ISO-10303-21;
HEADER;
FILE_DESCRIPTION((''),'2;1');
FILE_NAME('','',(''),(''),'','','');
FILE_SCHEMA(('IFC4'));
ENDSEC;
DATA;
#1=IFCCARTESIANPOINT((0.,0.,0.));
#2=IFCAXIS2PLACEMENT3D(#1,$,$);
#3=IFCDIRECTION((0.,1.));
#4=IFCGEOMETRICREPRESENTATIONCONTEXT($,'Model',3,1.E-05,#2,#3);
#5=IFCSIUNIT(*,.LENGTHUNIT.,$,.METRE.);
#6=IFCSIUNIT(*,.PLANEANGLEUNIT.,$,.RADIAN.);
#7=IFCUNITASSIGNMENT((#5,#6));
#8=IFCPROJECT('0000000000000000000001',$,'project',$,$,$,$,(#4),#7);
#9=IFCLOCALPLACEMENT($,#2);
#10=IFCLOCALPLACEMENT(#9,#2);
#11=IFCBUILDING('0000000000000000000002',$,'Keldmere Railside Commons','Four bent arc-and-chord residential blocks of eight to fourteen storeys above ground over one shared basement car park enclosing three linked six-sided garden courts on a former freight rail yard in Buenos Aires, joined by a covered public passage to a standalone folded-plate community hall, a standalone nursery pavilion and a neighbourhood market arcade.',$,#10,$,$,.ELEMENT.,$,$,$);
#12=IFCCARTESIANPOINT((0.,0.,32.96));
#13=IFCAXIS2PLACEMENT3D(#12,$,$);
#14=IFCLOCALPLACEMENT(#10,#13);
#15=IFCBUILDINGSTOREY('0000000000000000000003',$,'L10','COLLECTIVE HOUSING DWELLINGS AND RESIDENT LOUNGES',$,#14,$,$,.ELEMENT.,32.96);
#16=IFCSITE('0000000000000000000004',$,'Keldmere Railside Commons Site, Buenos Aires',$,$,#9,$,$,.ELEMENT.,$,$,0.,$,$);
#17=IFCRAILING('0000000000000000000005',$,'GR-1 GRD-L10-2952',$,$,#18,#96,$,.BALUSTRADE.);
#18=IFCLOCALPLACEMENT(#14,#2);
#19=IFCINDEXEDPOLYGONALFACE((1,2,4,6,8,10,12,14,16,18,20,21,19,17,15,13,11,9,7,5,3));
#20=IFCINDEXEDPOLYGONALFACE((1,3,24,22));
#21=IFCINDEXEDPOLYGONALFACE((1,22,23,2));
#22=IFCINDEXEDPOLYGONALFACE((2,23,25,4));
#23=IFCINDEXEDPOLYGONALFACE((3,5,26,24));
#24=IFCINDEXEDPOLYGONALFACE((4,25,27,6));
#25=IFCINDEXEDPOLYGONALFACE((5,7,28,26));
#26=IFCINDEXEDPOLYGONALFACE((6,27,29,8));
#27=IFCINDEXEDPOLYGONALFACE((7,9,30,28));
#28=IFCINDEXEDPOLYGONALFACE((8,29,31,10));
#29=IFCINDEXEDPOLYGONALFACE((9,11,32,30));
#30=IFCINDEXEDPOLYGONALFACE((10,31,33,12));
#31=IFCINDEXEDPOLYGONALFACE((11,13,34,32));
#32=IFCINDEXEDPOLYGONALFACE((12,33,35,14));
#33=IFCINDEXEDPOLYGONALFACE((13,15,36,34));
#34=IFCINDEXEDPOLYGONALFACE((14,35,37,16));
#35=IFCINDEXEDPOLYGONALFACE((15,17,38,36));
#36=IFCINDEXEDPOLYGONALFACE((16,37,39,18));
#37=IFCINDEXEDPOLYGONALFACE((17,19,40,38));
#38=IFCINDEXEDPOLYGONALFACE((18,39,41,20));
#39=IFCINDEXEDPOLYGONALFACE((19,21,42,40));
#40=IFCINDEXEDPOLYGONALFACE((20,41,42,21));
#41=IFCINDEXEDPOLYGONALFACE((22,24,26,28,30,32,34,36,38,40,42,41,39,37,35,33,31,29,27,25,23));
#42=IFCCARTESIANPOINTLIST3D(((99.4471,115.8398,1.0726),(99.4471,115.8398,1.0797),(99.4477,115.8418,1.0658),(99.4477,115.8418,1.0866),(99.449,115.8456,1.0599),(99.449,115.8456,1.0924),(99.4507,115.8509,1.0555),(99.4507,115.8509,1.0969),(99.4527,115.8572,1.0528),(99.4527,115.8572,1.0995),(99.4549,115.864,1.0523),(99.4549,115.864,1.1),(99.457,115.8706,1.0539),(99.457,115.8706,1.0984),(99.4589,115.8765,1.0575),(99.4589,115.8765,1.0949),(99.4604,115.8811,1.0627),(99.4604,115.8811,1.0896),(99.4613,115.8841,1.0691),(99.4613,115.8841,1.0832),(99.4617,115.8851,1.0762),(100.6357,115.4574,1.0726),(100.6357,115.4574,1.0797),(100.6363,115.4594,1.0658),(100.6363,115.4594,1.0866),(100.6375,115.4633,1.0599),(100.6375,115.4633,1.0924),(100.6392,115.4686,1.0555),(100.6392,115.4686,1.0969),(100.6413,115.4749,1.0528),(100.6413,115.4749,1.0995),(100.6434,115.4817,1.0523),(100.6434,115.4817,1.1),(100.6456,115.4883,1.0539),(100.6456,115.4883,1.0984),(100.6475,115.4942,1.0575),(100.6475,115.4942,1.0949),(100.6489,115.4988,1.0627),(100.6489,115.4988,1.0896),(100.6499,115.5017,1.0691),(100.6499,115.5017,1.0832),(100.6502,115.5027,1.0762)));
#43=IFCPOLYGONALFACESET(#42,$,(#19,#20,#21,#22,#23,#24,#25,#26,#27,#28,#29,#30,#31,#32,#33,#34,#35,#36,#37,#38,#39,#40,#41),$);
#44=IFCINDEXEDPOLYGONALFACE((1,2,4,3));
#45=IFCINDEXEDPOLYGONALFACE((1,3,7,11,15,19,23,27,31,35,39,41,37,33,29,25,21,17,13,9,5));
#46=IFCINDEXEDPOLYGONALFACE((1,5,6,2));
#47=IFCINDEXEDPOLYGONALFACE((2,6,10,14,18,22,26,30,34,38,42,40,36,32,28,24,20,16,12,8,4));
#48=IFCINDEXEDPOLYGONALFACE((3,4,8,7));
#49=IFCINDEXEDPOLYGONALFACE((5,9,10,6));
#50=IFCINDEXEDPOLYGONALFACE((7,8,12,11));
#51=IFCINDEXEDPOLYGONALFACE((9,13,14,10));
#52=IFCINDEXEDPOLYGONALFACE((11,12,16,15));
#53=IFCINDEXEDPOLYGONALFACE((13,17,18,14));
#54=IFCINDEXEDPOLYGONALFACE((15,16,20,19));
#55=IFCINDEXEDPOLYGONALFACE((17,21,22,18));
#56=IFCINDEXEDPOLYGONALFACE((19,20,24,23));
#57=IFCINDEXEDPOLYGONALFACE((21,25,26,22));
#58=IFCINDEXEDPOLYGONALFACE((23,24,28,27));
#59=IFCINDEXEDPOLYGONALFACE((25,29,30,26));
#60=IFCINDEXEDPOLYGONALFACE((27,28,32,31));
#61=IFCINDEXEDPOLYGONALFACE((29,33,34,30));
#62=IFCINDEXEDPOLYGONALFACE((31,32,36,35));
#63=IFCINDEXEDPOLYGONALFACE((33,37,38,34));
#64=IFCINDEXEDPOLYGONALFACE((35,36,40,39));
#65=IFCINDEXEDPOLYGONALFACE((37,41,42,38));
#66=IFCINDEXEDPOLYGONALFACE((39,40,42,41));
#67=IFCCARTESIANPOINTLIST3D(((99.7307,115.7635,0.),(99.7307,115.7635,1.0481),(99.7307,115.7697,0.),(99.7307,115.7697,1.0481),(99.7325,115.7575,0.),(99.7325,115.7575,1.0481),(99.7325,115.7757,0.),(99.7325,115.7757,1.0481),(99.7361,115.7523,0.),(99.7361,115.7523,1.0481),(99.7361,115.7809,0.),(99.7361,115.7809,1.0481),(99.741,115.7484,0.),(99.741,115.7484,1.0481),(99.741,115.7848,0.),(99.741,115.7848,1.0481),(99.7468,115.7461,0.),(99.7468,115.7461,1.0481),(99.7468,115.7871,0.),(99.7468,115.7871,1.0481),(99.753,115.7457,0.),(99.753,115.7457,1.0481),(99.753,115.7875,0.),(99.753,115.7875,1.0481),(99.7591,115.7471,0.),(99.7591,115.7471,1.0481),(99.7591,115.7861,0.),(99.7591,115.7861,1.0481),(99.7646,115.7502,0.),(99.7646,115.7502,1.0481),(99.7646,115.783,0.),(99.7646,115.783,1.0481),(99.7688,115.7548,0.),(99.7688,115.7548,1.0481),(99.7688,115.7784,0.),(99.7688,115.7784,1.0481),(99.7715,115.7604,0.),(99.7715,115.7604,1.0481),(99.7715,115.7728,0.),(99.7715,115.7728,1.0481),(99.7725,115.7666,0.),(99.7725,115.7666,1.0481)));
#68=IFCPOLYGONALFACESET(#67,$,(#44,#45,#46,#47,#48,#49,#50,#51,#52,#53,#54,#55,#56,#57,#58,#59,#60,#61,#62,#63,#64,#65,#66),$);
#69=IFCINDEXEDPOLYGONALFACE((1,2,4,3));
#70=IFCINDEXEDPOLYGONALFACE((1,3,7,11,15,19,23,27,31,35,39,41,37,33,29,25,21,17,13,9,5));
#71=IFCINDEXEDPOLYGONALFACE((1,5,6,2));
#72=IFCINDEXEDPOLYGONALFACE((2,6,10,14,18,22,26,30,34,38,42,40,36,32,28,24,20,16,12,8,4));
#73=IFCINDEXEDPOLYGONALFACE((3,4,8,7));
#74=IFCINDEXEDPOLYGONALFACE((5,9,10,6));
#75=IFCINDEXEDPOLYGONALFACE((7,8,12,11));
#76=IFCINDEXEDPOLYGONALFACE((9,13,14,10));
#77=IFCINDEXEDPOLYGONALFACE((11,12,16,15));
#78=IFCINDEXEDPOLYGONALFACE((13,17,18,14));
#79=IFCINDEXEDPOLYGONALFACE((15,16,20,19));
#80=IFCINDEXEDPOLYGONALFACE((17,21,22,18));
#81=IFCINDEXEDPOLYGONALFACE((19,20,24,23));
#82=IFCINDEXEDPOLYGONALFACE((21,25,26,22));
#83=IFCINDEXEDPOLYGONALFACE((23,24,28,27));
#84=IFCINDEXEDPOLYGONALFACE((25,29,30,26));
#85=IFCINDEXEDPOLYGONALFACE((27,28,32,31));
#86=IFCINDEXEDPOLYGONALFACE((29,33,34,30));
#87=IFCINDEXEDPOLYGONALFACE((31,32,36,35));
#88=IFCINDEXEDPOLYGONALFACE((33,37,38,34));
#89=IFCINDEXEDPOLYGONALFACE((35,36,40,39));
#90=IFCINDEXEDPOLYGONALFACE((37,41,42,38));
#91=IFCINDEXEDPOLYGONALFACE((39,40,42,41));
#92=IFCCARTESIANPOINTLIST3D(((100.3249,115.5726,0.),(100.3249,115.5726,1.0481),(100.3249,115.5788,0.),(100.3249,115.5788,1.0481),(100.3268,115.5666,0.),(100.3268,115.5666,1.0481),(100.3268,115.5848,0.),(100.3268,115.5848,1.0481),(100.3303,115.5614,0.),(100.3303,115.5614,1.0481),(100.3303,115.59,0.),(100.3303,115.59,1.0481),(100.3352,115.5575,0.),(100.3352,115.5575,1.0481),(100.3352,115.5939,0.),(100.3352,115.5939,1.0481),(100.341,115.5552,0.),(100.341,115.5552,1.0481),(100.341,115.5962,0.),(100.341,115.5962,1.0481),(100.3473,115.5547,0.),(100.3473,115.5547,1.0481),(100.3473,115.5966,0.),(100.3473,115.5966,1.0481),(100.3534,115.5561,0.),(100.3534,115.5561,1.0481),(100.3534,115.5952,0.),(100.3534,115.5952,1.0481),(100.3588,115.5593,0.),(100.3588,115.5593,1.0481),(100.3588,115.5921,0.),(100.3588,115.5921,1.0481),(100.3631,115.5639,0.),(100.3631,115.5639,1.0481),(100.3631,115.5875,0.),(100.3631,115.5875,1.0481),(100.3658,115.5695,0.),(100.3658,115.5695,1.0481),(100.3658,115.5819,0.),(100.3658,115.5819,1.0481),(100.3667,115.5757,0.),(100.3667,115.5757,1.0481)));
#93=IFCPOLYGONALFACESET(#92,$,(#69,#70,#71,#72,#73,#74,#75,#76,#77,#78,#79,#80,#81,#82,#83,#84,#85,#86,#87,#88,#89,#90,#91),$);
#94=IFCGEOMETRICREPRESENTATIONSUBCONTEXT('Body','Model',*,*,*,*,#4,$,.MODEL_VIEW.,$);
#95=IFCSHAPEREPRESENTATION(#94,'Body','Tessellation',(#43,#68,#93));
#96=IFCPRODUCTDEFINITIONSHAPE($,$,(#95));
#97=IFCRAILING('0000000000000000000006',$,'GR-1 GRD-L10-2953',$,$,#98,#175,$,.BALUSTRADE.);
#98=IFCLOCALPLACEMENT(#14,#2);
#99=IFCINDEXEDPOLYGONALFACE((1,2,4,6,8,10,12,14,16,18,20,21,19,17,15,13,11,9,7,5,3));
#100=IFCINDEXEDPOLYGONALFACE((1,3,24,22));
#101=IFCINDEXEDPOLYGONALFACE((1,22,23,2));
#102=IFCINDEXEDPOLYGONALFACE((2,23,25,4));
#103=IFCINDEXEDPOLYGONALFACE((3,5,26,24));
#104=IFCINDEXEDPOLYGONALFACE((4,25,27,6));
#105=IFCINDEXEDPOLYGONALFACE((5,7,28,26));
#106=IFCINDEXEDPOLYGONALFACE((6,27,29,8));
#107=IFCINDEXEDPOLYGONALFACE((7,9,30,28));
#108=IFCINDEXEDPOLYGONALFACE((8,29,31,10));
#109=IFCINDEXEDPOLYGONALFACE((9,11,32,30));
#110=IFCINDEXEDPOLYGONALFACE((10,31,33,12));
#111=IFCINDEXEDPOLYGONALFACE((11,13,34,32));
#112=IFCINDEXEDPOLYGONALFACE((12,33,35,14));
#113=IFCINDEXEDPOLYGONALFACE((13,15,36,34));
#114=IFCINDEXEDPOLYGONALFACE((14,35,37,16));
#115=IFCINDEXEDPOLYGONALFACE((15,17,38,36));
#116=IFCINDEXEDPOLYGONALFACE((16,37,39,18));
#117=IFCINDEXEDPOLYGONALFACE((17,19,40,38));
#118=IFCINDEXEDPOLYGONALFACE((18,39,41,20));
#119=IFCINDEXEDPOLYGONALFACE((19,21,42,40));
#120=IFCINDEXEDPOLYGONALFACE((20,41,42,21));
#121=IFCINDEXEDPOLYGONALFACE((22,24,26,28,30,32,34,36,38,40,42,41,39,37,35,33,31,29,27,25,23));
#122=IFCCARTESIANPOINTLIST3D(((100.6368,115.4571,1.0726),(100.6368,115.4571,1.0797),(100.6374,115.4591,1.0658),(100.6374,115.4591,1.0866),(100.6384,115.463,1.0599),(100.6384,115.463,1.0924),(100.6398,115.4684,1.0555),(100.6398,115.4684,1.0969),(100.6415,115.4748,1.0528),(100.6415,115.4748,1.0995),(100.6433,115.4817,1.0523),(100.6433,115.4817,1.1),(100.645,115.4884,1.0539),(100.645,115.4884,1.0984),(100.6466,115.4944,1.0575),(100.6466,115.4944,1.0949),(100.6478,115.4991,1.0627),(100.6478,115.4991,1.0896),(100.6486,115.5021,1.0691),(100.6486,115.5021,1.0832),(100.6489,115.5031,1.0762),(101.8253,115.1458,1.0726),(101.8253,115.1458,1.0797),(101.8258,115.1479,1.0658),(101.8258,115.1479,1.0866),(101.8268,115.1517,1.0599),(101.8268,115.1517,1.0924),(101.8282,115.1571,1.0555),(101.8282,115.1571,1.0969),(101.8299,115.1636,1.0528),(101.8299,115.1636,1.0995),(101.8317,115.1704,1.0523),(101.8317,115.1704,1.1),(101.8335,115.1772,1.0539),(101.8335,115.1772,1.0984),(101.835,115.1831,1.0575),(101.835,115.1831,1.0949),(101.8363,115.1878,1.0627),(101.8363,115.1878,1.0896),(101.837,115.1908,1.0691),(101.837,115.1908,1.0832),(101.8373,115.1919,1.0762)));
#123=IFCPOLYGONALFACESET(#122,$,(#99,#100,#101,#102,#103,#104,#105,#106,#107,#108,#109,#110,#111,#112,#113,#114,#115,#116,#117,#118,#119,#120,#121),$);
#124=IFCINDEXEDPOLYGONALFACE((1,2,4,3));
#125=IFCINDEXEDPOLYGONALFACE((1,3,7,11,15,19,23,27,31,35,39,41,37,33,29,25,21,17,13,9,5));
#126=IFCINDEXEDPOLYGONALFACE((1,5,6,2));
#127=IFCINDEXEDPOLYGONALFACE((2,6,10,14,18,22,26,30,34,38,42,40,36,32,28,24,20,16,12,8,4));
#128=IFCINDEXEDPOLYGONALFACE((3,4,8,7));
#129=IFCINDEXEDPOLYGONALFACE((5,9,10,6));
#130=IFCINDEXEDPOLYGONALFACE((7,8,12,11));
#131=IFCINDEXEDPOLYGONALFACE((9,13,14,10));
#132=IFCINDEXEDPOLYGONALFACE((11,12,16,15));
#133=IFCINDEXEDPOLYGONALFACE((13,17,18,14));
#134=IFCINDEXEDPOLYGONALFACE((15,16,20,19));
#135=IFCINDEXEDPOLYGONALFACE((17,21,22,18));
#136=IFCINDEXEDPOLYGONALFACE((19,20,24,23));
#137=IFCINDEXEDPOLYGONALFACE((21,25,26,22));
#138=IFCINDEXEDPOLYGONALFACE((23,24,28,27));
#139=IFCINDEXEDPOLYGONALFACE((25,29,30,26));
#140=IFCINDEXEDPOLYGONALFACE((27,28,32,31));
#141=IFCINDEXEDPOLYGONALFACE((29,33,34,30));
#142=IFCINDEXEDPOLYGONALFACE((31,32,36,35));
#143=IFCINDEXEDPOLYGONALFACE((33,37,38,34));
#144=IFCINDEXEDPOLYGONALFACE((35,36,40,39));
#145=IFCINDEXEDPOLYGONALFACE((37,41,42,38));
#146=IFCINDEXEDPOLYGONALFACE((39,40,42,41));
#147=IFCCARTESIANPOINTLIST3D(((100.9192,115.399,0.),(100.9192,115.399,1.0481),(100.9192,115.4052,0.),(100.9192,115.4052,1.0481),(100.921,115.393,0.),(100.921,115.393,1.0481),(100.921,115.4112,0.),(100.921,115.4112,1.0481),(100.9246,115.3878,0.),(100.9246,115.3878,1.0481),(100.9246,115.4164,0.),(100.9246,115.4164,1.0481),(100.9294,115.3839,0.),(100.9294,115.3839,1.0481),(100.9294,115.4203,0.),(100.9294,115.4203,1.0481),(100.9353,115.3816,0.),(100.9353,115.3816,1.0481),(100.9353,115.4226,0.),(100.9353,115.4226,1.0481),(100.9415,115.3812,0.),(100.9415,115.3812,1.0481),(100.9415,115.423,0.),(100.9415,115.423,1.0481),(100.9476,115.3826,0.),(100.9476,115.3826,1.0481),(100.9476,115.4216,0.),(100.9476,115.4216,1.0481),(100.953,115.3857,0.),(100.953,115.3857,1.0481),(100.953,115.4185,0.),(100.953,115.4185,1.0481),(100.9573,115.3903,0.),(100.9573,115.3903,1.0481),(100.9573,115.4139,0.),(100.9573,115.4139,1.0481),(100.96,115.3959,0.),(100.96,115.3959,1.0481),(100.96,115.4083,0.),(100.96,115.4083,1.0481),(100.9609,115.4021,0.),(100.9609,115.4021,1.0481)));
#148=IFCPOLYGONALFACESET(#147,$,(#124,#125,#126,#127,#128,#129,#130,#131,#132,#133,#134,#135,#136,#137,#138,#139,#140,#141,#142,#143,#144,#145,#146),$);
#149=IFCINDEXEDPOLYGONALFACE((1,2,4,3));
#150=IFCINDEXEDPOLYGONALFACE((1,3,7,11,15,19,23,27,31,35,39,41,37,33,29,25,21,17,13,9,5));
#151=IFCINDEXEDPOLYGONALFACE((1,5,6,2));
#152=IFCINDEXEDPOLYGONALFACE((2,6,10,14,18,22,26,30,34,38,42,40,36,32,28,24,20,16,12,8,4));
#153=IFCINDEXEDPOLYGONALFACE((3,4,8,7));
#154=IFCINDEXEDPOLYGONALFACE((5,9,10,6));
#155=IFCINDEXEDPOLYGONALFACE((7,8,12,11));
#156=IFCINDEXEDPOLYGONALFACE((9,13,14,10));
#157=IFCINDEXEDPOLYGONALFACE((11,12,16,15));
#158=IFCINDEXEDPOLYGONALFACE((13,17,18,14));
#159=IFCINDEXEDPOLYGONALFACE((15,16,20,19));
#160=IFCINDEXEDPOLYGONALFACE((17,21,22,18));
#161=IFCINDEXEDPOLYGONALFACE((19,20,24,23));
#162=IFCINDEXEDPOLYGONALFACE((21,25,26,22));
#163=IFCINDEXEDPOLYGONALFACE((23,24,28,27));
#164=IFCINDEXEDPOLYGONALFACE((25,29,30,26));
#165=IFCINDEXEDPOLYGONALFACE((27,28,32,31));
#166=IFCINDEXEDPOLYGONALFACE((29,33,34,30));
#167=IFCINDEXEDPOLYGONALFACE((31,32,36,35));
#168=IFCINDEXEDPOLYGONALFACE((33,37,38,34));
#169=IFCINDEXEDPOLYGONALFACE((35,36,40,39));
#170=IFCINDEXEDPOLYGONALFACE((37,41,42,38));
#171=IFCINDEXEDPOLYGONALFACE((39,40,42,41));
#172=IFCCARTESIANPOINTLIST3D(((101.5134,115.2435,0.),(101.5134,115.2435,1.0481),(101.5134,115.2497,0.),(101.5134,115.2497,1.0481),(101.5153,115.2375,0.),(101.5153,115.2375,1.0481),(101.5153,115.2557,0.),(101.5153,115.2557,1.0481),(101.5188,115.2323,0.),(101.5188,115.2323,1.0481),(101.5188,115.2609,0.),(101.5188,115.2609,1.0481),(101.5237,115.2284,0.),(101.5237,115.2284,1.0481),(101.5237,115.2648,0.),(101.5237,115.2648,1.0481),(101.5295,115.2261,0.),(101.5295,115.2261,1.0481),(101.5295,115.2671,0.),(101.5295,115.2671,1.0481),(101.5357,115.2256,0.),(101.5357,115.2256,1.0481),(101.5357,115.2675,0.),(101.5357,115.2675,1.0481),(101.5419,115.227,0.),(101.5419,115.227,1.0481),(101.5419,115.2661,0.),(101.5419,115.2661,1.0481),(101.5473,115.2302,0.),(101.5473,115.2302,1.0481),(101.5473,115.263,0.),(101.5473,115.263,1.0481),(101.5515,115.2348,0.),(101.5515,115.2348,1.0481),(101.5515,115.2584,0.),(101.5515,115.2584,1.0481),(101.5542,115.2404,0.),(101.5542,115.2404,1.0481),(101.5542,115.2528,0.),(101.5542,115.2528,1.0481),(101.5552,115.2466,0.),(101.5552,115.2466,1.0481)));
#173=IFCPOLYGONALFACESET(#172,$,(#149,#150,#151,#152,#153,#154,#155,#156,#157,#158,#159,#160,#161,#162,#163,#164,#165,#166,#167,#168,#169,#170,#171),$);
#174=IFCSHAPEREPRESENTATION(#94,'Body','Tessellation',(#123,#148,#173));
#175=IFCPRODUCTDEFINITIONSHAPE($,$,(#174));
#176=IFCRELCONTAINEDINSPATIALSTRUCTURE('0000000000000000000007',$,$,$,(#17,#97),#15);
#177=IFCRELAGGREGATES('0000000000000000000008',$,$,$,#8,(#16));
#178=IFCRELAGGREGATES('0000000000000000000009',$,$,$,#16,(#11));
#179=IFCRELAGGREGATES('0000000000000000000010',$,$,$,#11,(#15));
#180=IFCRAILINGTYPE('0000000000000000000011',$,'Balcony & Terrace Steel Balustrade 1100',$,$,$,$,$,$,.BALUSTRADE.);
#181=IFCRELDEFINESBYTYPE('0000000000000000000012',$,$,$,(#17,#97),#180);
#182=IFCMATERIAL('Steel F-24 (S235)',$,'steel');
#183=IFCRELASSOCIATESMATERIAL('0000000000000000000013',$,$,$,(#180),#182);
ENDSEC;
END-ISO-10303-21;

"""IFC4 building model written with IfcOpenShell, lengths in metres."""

from ifc_helpers import new_model, si_unit, direction, frame, origin, origin_2d, place, context, subcontext, project, spatial, circle, extrude, material, type_object, element, save


model = new_model("IFC4")

# Units and contexts
model_context = context("Model", 3, precision=1e-05, world=origin(), true_north=direction((0.0, 1.0)))
body_context = subcontext(model_context, "Body", "Model", "MODEL_VIEW")
ifc_project = project(units=[si_unit("LENGTHUNIT", "METRE"), si_unit("PLANEANGLEUNIT", "RADIAN")], contexts=[model_context])

# Site, building, storey
site_placement = place(None, origin())
site = spatial("IfcSite", under=ifc_project, at=site_placement, Name="Keldmere Railside Commons Site, Buenos Aires", CompositionType="ELEMENT", RefElevation=0.0)
building_placement = place(site_placement, origin())
building = spatial("IfcBuilding", under=site, at=building_placement, Name="Keldmere Railside Commons", Description="Four bent arc-and-chord residential blocks of eight to fourteen storeys above ground over one shared basement car park enclosing three linked six-sided garden courts on a former freight rail yard in Buenos Aires, joined by a covered public passage to a standalone folded-plate community hall, a standalone nursery pavilion and a neighbourhood market arcade.", CompositionType="ELEMENT")
storey_placement = place(building_placement, frame((0.0, 0.0, 32.96)))
storey = spatial("IfcBuildingStorey", under=building, at=storey_placement, Name="L10", Description="COLLECTIVE HOUSING DWELLINGS AND RESIDENT LOUNGES", CompositionType="ELEMENT", Elevation=32.96)

# Railings
ifc_material_1 = material(Name="Steel F-24 (S235)", Category="steel")
railing_type = type_object("IfcRailingType", Name="Balcony & Terrace Steel Balustrade 1100", PredefinedType="BALUSTRADE", material=ifc_material_1)
railing_1_placement = place(storey_placement, frame((99.4543, 115.8623, 0.0)))
element("IfcRailing", 1, at=railing_1_placement, inside=storey, type_object=railing_type, Name="GR-1 GRD-L10-2952", PredefinedType="BALUSTRADE", context=body_context, shape_type="SweptSolid", body=[
    extrude(circle(Radius=0.0239, at=origin_2d()), frame((0.0, 0.0, 1.0762), z_axis=(0.951955, -0.306237, 0.0), x_axis=(0.306237, 0.951955, 0.0)), (0.0, 0.0, 1.0), 1.2485),
    extrude(circle(Radius=0.021, at=origin_2d()), frame((0.2971, -0.0957, 0.0)), (0.0, 0.0, 1.0), 1.0481),
    extrude(circle(Radius=0.021, at=origin_2d()), frame((0.8914, -0.2866, 0.0)), (0.0, 0.0, 1.0), 1.0481),
])
railing_2_placement = place(storey_placement, frame((100.6428, 115.48, 0.0)))
element("IfcRailing", 2, at=railing_2_placement, inside=storey, type_object=railing_type, Name="GR-1 GRD-L10-2953", PredefinedType="BALUSTRADE", context=body_context, shape_type="SweptSolid", body=[
    extrude(circle(Radius=0.0239, at=origin_2d()), frame((0.0, 0.0, 1.0762), z_axis=(0.96737, -0.253368, 0.0), x_axis=(0.253368, 0.96737, 0.0)), (0.0, 0.0, 1.0), 1.2285),
    extrude(circle(Radius=0.021, at=origin_2d()), frame((0.2971, -0.0779, 0.0)), (0.0, 0.0, 1.0), 1.0481),
    extrude(circle(Radius=0.021, at=origin_2d()), frame((0.8914, -0.2334, 0.0)), (0.0, 0.0, 1.0), 1.0481),
])

save(model, "model.ifc")
